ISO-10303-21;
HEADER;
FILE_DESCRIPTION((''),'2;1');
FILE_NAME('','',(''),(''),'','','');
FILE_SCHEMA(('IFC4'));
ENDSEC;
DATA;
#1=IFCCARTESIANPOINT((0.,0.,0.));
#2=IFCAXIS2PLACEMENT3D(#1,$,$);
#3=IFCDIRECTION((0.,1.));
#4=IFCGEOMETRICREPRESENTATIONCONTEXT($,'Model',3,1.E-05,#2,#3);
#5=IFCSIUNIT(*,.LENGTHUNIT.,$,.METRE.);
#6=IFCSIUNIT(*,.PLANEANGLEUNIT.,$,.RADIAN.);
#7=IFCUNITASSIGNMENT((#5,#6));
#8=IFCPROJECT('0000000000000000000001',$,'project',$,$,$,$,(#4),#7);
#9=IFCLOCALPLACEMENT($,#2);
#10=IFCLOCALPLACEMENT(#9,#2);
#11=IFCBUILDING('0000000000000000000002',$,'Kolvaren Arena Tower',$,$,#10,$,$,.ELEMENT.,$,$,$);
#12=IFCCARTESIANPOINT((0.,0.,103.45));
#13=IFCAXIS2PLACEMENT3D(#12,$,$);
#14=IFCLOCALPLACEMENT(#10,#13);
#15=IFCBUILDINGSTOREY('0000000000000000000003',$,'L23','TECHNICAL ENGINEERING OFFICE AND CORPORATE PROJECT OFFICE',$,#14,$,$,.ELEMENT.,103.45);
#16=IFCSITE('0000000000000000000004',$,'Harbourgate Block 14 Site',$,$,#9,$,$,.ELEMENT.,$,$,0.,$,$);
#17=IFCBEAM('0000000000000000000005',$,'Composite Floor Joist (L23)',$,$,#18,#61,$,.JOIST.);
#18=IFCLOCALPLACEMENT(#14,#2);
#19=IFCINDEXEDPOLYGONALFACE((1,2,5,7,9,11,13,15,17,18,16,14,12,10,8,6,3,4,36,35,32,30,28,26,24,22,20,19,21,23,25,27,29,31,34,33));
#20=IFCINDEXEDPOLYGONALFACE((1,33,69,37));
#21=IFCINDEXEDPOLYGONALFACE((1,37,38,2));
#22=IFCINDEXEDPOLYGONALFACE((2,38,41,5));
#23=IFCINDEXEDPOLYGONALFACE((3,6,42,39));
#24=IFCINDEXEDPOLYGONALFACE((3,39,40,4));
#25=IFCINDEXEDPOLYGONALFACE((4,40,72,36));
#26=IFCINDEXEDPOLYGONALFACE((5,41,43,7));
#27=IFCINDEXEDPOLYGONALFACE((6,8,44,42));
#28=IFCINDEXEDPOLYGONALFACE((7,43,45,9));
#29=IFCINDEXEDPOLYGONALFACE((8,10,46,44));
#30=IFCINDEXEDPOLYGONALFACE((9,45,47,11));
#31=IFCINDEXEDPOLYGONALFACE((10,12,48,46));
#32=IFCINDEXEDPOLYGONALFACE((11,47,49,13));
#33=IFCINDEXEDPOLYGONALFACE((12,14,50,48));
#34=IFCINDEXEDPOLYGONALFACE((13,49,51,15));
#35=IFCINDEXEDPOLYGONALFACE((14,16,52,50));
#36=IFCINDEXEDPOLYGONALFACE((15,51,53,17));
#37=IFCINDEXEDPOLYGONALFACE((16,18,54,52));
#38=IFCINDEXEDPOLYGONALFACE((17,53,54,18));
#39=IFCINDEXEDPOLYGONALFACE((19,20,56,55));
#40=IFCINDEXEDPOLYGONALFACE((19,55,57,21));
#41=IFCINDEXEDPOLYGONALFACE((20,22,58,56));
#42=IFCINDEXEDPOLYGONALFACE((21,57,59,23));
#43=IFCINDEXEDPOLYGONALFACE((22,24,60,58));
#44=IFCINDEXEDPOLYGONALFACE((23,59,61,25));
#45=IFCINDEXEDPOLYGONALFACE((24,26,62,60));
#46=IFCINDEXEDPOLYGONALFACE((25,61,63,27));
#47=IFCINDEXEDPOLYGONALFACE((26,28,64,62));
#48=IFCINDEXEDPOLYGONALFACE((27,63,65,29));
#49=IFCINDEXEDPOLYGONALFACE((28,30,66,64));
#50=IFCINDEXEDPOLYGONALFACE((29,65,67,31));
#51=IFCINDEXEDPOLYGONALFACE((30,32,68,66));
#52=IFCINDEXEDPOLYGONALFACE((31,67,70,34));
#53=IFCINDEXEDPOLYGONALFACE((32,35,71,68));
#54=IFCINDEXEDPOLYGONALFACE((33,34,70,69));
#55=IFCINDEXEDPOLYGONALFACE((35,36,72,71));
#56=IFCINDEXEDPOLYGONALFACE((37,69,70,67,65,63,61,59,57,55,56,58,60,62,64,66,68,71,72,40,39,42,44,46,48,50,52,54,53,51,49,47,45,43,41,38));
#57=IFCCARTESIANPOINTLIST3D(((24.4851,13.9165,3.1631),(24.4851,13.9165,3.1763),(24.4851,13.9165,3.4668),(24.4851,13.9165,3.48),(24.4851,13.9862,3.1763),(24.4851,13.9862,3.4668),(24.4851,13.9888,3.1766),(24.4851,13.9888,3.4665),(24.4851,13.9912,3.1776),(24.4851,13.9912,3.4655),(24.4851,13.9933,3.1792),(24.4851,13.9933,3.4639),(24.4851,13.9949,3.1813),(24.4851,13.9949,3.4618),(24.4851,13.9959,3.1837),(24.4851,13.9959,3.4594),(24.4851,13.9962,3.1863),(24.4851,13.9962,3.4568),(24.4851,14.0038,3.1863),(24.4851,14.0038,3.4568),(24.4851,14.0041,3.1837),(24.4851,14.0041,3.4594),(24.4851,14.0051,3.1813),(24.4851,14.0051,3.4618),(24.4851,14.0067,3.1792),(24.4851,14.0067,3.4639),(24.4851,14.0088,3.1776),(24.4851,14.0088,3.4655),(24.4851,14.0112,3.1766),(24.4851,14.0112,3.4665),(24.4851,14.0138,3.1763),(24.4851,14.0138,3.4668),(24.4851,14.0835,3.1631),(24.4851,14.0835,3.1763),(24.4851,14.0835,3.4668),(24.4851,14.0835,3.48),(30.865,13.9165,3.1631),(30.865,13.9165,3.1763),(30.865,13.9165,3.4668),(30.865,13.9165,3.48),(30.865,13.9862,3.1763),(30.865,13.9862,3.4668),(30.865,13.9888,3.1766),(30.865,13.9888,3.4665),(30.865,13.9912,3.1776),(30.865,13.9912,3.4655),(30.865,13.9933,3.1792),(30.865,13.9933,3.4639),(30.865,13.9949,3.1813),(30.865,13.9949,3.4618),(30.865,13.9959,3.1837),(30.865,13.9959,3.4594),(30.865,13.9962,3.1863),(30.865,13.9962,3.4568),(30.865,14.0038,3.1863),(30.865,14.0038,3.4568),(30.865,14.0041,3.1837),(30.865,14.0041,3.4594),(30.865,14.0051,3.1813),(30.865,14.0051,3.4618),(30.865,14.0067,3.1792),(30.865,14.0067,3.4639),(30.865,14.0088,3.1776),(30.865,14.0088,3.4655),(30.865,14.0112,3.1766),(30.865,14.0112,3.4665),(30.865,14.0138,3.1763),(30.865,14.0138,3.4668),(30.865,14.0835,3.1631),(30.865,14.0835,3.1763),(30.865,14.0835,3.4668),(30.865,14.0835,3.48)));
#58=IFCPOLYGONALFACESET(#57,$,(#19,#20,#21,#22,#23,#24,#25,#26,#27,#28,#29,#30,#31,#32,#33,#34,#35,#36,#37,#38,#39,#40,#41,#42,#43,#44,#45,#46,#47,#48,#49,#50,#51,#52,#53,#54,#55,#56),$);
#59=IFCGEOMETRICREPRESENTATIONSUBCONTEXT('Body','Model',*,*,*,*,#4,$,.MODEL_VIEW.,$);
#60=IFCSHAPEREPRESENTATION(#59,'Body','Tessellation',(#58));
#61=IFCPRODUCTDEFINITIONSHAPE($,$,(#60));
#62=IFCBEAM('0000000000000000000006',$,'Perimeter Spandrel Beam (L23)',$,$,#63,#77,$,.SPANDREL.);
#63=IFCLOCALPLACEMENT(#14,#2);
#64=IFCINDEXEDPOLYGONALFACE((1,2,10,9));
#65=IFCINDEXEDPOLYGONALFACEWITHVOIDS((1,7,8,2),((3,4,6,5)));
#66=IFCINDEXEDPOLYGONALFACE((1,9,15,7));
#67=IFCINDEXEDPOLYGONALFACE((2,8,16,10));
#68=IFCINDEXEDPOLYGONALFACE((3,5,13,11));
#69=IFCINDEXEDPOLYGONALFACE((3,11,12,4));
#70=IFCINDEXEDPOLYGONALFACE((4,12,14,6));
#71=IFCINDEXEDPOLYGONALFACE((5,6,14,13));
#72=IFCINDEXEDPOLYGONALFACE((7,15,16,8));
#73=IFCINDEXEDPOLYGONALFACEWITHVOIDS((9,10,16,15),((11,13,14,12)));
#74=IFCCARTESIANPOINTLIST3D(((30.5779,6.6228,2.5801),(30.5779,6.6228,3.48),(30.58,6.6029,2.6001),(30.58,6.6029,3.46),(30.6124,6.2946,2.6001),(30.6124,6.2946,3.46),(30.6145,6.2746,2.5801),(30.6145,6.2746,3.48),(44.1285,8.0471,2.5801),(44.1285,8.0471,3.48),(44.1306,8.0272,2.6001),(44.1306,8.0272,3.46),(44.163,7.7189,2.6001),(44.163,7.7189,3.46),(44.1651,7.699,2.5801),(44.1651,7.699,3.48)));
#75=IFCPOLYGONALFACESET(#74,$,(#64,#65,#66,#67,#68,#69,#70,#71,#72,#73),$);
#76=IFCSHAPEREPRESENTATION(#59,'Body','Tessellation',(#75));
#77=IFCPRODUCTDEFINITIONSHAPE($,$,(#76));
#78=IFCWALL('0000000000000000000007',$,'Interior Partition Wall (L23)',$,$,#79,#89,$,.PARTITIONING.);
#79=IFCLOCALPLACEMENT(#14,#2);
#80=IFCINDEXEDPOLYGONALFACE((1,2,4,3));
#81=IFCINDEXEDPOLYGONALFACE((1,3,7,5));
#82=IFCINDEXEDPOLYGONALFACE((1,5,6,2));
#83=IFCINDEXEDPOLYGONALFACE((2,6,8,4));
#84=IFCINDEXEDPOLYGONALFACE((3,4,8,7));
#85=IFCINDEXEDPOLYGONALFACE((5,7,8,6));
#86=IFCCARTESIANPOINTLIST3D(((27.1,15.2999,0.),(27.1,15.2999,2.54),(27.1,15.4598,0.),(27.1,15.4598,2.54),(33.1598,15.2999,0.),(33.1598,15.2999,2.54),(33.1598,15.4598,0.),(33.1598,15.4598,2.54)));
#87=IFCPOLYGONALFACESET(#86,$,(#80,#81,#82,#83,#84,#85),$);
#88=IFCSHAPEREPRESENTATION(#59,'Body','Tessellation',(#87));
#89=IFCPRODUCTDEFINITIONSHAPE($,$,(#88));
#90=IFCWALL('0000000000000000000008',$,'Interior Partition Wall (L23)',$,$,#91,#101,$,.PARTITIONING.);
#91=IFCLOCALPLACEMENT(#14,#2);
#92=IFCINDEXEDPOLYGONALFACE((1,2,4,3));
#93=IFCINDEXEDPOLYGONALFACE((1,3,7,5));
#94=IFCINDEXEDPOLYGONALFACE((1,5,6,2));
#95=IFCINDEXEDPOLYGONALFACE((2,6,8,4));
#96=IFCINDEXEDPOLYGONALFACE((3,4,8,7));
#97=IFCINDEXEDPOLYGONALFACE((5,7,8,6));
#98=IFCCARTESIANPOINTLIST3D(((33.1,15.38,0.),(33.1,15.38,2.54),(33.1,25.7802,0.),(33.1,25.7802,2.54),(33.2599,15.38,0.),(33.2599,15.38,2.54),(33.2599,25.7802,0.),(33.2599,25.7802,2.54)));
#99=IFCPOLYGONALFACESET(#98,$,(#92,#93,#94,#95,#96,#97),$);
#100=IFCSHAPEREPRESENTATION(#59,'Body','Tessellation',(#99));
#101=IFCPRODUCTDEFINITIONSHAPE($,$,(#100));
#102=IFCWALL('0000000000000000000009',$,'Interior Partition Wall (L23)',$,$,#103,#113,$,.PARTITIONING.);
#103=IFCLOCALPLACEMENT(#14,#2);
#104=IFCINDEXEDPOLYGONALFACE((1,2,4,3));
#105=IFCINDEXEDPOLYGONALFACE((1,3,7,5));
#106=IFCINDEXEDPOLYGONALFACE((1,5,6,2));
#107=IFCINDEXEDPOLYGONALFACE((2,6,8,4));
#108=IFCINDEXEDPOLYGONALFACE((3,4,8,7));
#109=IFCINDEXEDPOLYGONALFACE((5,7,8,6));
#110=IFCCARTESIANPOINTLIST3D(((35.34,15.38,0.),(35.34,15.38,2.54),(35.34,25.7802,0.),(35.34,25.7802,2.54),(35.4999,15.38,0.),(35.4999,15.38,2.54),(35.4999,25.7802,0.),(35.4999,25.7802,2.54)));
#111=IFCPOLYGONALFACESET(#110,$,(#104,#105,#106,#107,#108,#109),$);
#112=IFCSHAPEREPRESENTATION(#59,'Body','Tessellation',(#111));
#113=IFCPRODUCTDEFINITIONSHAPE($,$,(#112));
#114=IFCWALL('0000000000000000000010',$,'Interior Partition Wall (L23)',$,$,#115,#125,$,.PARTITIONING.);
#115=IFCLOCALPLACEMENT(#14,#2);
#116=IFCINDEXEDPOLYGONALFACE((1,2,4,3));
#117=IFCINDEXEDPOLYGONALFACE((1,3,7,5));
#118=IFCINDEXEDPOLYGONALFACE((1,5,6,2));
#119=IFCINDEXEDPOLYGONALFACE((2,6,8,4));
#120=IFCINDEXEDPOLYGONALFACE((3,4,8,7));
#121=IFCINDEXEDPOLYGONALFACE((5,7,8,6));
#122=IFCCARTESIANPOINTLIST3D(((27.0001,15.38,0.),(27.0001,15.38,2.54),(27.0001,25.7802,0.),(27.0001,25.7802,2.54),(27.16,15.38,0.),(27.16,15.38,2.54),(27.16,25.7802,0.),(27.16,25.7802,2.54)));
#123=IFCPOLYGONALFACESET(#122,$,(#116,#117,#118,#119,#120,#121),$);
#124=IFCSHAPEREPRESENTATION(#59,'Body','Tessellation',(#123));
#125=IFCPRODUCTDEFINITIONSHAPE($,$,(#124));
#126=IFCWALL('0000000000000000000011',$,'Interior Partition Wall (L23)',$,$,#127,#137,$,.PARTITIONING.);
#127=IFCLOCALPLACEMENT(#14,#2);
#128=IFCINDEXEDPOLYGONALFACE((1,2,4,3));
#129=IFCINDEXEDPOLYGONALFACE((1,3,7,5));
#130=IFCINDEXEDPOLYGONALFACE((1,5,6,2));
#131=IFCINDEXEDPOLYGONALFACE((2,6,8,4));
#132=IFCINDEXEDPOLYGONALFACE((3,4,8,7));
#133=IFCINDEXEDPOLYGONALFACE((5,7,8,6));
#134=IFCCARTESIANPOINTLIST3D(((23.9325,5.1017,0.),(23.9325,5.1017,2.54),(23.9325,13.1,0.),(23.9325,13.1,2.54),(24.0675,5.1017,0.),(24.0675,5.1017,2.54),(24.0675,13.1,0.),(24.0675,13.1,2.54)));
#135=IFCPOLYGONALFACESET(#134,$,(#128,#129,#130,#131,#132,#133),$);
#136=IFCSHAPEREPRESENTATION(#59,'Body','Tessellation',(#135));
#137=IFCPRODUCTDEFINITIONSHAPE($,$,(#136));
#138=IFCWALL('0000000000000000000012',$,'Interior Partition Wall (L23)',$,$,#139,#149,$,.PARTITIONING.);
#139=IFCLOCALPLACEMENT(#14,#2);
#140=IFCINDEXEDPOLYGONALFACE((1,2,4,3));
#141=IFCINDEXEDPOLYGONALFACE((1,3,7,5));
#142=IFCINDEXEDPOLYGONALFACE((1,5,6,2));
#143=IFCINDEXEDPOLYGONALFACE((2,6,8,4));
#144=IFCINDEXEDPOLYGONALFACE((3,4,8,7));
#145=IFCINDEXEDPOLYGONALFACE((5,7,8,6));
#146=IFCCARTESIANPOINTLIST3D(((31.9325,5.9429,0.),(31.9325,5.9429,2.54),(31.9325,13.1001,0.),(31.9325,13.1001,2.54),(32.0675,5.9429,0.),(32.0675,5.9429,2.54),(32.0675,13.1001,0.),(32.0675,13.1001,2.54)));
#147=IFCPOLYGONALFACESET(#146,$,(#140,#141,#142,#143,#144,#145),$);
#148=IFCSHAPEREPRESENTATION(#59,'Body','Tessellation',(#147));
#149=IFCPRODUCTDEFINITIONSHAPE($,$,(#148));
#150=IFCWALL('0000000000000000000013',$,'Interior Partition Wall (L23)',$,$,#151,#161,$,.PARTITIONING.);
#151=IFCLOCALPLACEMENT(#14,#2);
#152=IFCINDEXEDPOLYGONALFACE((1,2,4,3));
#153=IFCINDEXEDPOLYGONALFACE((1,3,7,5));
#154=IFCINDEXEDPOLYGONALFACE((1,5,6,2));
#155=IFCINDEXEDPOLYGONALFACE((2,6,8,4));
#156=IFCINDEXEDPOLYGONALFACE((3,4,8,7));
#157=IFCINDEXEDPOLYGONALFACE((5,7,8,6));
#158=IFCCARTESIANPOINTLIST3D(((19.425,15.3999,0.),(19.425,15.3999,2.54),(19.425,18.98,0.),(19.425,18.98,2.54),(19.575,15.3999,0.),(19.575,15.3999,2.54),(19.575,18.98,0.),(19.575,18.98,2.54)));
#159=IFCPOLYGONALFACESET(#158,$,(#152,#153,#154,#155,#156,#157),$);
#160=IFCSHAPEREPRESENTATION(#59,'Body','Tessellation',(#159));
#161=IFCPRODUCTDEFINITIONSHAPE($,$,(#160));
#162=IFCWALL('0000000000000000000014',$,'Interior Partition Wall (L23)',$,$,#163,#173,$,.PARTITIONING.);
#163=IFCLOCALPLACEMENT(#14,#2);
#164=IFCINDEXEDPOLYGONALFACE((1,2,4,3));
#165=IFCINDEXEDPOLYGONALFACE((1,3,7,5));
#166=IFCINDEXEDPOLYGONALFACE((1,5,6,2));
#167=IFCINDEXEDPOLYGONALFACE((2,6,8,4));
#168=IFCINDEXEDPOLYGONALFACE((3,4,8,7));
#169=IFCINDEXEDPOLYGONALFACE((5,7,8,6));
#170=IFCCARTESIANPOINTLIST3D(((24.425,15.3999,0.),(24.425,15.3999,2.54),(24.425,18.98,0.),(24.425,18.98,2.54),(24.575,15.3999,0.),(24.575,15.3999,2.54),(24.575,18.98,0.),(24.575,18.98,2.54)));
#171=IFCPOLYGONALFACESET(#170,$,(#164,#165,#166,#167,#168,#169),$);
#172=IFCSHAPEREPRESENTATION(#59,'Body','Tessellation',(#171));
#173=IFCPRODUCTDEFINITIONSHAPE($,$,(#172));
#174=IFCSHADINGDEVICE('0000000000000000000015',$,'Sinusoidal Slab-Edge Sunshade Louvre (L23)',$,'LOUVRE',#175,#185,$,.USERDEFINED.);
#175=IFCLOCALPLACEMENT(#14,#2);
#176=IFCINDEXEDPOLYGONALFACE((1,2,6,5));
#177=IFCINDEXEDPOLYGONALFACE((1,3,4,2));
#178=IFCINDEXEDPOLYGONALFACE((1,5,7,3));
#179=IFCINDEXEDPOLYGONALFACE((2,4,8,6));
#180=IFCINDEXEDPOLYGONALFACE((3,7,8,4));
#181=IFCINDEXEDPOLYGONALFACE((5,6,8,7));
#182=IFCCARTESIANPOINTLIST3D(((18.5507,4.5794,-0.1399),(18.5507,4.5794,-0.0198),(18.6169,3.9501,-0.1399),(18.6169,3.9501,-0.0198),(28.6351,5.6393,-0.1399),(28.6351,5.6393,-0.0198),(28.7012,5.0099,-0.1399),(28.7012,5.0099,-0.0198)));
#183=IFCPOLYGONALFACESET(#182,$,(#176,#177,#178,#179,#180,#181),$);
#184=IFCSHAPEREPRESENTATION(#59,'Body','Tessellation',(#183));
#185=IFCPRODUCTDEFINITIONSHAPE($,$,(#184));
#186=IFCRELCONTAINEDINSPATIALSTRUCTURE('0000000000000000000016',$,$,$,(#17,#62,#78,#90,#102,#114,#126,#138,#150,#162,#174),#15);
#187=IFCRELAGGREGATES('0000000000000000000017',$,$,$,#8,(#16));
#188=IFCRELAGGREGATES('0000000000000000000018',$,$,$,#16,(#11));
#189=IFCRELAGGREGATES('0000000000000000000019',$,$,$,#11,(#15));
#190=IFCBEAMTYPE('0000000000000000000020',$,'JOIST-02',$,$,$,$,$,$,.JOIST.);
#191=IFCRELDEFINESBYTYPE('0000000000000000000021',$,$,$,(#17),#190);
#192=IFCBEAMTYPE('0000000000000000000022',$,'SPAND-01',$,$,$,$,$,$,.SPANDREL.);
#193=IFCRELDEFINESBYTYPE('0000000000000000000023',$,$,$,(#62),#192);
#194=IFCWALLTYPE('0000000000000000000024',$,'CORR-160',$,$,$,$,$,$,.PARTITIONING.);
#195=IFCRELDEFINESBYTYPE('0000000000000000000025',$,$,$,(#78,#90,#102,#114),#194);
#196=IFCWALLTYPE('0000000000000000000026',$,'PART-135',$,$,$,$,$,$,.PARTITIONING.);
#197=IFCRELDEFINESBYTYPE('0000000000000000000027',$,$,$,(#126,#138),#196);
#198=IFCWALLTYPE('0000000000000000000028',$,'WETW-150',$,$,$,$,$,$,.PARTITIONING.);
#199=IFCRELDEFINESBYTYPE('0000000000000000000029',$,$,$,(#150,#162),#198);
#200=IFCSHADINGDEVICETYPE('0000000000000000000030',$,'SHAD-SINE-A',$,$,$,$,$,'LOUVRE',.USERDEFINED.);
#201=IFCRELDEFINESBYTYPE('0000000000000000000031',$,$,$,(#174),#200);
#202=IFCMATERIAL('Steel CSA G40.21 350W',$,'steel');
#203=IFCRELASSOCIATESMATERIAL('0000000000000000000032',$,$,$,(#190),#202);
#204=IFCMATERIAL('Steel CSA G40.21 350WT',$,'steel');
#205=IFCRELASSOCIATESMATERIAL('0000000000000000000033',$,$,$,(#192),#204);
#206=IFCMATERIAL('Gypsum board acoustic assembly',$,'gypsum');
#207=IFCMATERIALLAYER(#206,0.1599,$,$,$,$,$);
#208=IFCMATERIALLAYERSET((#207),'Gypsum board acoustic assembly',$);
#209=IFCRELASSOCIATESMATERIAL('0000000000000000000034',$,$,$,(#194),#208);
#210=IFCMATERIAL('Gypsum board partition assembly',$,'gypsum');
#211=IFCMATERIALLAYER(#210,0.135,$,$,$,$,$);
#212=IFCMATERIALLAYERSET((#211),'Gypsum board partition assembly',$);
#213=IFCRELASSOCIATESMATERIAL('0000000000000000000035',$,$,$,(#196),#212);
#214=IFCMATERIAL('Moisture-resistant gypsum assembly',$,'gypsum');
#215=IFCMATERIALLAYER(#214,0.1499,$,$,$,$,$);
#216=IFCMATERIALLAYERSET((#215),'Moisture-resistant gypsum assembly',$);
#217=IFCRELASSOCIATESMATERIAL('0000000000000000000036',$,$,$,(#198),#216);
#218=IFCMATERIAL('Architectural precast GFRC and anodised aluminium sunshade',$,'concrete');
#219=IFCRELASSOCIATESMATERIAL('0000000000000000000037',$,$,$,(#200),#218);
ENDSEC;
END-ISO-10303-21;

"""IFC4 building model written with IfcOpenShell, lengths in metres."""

from ifc_helpers import new_model, si_unit, direction, frame, frame_2d, origin, origin_2d, place, context, subcontext, project, spatial, rectangle, hollow_rectangle, i_section, extrude, material, layer, layer_set, material_profile, profile_set, type_object, element, save


model = new_model("IFC4")

# Units and contexts
model_context = context("Model", 3, precision=1e-05, world=origin(), true_north=direction((0.0, 1.0)))
body_context = subcontext(model_context, "Body", "Model", "MODEL_VIEW")
ifc_project = project(units=[si_unit("LENGTHUNIT", "METRE"), si_unit("PLANEANGLEUNIT", "RADIAN")], contexts=[model_context])

# Site, building, storey
site_placement = place(None, origin())
site = spatial("IfcSite", under=ifc_project, at=site_placement, Name="Harbourgate Block 14 Site", CompositionType="ELEMENT", RefElevation=0.0)
building_placement = place(site_placement, origin())
building = spatial("IfcBuilding", under=site, at=building_placement, Name="Kolvaren Arena Tower", CompositionType="ELEMENT")
storey_placement = place(building_placement, frame((0.0, 0.0, 103.45)))
storey = spatial("IfcBuildingStorey", under=building, at=storey_placement, Name="L23", Description="TECHNICAL ENGINEERING OFFICE AND CORPORATE PROJECT OFFICE", CompositionType="ELEMENT", Elevation=103.45)

# Beams
ifc_material_1 = material(Name="Steel CSA G40.21 350W", Category="steel")
ifc_material_profile_1 = material_profile(ifc_material_1, i_section(OverallWidth=0.167, OverallDepth=0.3169, WebThickness=0.0076, FlangeThickness=0.0132, FilletRadius=0.01, at=origin_2d()), Name="W310x52")
ifc_profile_set_1 = profile_set([ifc_material_profile_1], Name="Steel CSA G40.21 350W")
beam_type_1 = type_object("IfcBeamType", Name="JOIST-02", PredefinedType="JOIST", material=ifc_profile_set_1)
beam_1_placement = place(storey_placement, frame((24.4851, 14.0, 3.3215), z_axis=(1.0, 0.0, 0.0), x_axis=(0.0, 1.0, 0.0)))
element("IfcBeam", 1, at=beam_1_placement, inside=storey, type_object=beam_type_1, Name="Composite Floor Joist (L23)", PredefinedType="JOIST", context=body_context, shape_type="SweptSolid", body=[
    extrude(i_section(OverallWidth=0.167, OverallDepth=0.3169, WebThickness=0.0076, FlangeThickness=0.0132, FilletRadius=0.01, at=origin_2d()), origin(), (0.0, 0.0, 1.0), 6.3799),
])
ifc_material_2 = material(Name="Steel CSA G40.21 350WT", Category="steel")
ifc_material_profile_2 = material_profile(ifc_material_2, hollow_rectangle(XDim=0.3501, YDim=0.8999, WallThickness=0.02, at=origin_2d()), Name="HSS 900x350x20")
ifc_profile_set_2 = profile_set([ifc_material_profile_2], Name="Steel CSA G40.21 350WT")
beam_type_2 = type_object("IfcBeamType", Name="SPAND-01", PredefinedType="SPANDREL", material=ifc_profile_set_2)
beam_2_placement = place(storey_placement, frame((30.5962, 6.4487, 3.03), z_axis=(0.994521, 0.104536, 0.0), x_axis=(-0.104536, 0.994521, 0.0)))
element("IfcBeam", 2, at=beam_2_placement, inside=storey, type_object=beam_type_2, Name="Perimeter Spandrel Beam (L23)", PredefinedType="SPANDREL", context=body_context, shape_type="SweptSolid", body=[
    extrude(hollow_rectangle(XDim=0.3501, YDim=0.8999, WallThickness=0.02, at=origin_2d()), origin(), (0.0, 0.0, 1.0), 13.6252),
])

# Walls
ifc_material_3 = material(Name="Gypsum board acoustic assembly", Category="gypsum")
ifc_layer_1 = layer(ifc_material_3, 0.1599)
ifc_layer_set_1 = layer_set([ifc_layer_1], Name="Gypsum board acoustic assembly")
wall_type_1 = type_object("IfcWallType", Name="CORR-160", PredefinedType="PARTITIONING", material=ifc_layer_set_1)
wall_1_placement = place(storey_placement, frame((27.1001, 15.3799, 0.0), z_axis=(0.0, 0.0, 1.0), x_axis=(1.0, 0.0, 0.0)))
element("IfcWall", 3, at=wall_1_placement, inside=storey, type_object=wall_type_1, Name="Interior Partition Wall (L23)", PredefinedType="PARTITIONING", context=body_context, shape_type="SweptSolid", body=[
    extrude(rectangle(XDim=6.0598, YDim=0.1599, at=frame_2d((3.0298, 0.0))), origin(), (0.0, 0.0, 1.0), 2.54),
])
for number, where, z_axis, x_axis, name in (
    (4, (33.1799, 15.3799, 0.0), (0.0, 0.0, 1.0), (0.0, 1.0, 0.0), "Interior Partition Wall (L23)"),
    (5, (35.4199, 15.3799, 0.0), (0.0, 0.0, 1.0), (0.0, 1.0, 0.0), "Interior Partition Wall (L23)"),
    (6, (27.0801, 15.3799, 0.0), (0.0, 0.0, 1.0), (0.0, 1.0, 0.0), "Interior Partition Wall (L23)"),
):
    element("IfcWall", number, at=place(storey_placement, frame(where, z_axis=z_axis, x_axis=x_axis)), inside=storey, type_object=wall_type_1, Name=name, PredefinedType="PARTITIONING", context=body_context, shape_type="SweptSolid", body=[
        extrude(rectangle(XDim=10.4001, YDim=0.1599, at=frame_2d((5.2002, 0.0))), origin(), (0.0, 0.0, 1.0), 2.54),
    ])
ifc_material_4 = material(Name="Gypsum board partition assembly", Category="gypsum")
ifc_layer_2 = layer(ifc_material_4, 0.135)
ifc_layer_set_2 = layer_set([ifc_layer_2], Name="Gypsum board partition assembly")
wall_type_2 = type_object("IfcWallType", Name="PART-135", PredefinedType="PARTITIONING", material=ifc_layer_set_2)
wall_2_placement = place(storey_placement, frame((24.0, 5.1018, 0.0), z_axis=(0.0, 0.0, 1.0), x_axis=(0.0, 1.0, 0.0)))
element("IfcWall", 7, at=wall_2_placement, inside=storey, type_object=wall_type_2, Name="Interior Partition Wall (L23)", PredefinedType="PARTITIONING", context=body_context, shape_type="SweptSolid", body=[
    extrude(rectangle(XDim=7.9983, YDim=0.135, at=frame_2d((3.999, 0.0))), origin(), (0.0, 0.0, 1.0), 2.54),
])
wall_3_placement = place(storey_placement, frame((32.0, 5.9429, 0.0), z_axis=(0.0, 0.0, 1.0), x_axis=(0.0, 1.0, 0.0)))
element("IfcWall", 8, at=wall_3_placement, inside=storey, type_object=wall_type_2, Name="Interior Partition Wall (L23)", PredefinedType="PARTITIONING", context=body_context, shape_type="SweptSolid", body=[
    extrude(rectangle(XDim=7.1572, YDim=0.135, at=frame_2d((3.5786, 0.0))), origin(), (0.0, 0.0, 1.0), 2.54),
])
ifc_material_5 = material(Name="Moisture-resistant gypsum assembly", Category="gypsum")
ifc_layer_3 = layer(ifc_material_5, 0.1499)
ifc_layer_set_3 = layer_set([ifc_layer_3], Name="Moisture-resistant gypsum assembly")
wall_type_3 = type_object("IfcWallType", Name="WETW-150", PredefinedType="PARTITIONING", material=ifc_layer_set_3)
for number, where, z_axis, x_axis, name in (
    (9, (19.5, 15.3999, 0.0), (0.0, 0.0, 1.0), (0.0, 1.0, 0.0), "Interior Partition Wall (L23)"),
    (10, (24.5, 15.3999, 0.0), (0.0, 0.0, 1.0), (0.0, 1.0, 0.0), "Interior Partition Wall (L23)"),
):
    element("IfcWall", number, at=place(storey_placement, frame(where, z_axis=z_axis, x_axis=x_axis)), inside=storey, type_object=wall_type_3, Name=name, PredefinedType="PARTITIONING", context=body_context, shape_type="SweptSolid", body=[
        extrude(rectangle(XDim=3.5801, YDim=0.1499, at=frame_2d((1.79, 0.0))), origin(), (0.0, 0.0, 1.0), 2.54),
    ])

# Shading device
ifc_material_6 = material(Name="Architectural precast GFRC and anodised aluminium sunshade", Category="concrete")
shading_device_type_1 = type_object("IfcShadingDeviceType", Name="SHAD-SINE-A", ElementType="LOUVRE", PredefinedType="USERDEFINED", material=ifc_material_6)
shading_device_1_placement = place(storey_placement, frame((23.626, 4.7947, -0.1399), z_axis=(0.0, 0.0, 1.0), x_axis=(-0.994522, -0.104527, 0.0)))
element("IfcShadingDevice", 11, at=shading_device_1_placement, inside=storey, type_object=shading_device_type_1, Name="Sinusoidal Slab-Edge Sunshade Louvre (L23)", ObjectType="LOUVRE", PredefinedType="USERDEFINED", context=body_context, shape_type="SweptSolid", body=[
    extrude(rectangle(XDim=10.1399, YDim=0.6328, at=origin_2d()), origin(), (0.0, 0.0, 1.0), 0.1201),
])

save(model, "model.ifc")
